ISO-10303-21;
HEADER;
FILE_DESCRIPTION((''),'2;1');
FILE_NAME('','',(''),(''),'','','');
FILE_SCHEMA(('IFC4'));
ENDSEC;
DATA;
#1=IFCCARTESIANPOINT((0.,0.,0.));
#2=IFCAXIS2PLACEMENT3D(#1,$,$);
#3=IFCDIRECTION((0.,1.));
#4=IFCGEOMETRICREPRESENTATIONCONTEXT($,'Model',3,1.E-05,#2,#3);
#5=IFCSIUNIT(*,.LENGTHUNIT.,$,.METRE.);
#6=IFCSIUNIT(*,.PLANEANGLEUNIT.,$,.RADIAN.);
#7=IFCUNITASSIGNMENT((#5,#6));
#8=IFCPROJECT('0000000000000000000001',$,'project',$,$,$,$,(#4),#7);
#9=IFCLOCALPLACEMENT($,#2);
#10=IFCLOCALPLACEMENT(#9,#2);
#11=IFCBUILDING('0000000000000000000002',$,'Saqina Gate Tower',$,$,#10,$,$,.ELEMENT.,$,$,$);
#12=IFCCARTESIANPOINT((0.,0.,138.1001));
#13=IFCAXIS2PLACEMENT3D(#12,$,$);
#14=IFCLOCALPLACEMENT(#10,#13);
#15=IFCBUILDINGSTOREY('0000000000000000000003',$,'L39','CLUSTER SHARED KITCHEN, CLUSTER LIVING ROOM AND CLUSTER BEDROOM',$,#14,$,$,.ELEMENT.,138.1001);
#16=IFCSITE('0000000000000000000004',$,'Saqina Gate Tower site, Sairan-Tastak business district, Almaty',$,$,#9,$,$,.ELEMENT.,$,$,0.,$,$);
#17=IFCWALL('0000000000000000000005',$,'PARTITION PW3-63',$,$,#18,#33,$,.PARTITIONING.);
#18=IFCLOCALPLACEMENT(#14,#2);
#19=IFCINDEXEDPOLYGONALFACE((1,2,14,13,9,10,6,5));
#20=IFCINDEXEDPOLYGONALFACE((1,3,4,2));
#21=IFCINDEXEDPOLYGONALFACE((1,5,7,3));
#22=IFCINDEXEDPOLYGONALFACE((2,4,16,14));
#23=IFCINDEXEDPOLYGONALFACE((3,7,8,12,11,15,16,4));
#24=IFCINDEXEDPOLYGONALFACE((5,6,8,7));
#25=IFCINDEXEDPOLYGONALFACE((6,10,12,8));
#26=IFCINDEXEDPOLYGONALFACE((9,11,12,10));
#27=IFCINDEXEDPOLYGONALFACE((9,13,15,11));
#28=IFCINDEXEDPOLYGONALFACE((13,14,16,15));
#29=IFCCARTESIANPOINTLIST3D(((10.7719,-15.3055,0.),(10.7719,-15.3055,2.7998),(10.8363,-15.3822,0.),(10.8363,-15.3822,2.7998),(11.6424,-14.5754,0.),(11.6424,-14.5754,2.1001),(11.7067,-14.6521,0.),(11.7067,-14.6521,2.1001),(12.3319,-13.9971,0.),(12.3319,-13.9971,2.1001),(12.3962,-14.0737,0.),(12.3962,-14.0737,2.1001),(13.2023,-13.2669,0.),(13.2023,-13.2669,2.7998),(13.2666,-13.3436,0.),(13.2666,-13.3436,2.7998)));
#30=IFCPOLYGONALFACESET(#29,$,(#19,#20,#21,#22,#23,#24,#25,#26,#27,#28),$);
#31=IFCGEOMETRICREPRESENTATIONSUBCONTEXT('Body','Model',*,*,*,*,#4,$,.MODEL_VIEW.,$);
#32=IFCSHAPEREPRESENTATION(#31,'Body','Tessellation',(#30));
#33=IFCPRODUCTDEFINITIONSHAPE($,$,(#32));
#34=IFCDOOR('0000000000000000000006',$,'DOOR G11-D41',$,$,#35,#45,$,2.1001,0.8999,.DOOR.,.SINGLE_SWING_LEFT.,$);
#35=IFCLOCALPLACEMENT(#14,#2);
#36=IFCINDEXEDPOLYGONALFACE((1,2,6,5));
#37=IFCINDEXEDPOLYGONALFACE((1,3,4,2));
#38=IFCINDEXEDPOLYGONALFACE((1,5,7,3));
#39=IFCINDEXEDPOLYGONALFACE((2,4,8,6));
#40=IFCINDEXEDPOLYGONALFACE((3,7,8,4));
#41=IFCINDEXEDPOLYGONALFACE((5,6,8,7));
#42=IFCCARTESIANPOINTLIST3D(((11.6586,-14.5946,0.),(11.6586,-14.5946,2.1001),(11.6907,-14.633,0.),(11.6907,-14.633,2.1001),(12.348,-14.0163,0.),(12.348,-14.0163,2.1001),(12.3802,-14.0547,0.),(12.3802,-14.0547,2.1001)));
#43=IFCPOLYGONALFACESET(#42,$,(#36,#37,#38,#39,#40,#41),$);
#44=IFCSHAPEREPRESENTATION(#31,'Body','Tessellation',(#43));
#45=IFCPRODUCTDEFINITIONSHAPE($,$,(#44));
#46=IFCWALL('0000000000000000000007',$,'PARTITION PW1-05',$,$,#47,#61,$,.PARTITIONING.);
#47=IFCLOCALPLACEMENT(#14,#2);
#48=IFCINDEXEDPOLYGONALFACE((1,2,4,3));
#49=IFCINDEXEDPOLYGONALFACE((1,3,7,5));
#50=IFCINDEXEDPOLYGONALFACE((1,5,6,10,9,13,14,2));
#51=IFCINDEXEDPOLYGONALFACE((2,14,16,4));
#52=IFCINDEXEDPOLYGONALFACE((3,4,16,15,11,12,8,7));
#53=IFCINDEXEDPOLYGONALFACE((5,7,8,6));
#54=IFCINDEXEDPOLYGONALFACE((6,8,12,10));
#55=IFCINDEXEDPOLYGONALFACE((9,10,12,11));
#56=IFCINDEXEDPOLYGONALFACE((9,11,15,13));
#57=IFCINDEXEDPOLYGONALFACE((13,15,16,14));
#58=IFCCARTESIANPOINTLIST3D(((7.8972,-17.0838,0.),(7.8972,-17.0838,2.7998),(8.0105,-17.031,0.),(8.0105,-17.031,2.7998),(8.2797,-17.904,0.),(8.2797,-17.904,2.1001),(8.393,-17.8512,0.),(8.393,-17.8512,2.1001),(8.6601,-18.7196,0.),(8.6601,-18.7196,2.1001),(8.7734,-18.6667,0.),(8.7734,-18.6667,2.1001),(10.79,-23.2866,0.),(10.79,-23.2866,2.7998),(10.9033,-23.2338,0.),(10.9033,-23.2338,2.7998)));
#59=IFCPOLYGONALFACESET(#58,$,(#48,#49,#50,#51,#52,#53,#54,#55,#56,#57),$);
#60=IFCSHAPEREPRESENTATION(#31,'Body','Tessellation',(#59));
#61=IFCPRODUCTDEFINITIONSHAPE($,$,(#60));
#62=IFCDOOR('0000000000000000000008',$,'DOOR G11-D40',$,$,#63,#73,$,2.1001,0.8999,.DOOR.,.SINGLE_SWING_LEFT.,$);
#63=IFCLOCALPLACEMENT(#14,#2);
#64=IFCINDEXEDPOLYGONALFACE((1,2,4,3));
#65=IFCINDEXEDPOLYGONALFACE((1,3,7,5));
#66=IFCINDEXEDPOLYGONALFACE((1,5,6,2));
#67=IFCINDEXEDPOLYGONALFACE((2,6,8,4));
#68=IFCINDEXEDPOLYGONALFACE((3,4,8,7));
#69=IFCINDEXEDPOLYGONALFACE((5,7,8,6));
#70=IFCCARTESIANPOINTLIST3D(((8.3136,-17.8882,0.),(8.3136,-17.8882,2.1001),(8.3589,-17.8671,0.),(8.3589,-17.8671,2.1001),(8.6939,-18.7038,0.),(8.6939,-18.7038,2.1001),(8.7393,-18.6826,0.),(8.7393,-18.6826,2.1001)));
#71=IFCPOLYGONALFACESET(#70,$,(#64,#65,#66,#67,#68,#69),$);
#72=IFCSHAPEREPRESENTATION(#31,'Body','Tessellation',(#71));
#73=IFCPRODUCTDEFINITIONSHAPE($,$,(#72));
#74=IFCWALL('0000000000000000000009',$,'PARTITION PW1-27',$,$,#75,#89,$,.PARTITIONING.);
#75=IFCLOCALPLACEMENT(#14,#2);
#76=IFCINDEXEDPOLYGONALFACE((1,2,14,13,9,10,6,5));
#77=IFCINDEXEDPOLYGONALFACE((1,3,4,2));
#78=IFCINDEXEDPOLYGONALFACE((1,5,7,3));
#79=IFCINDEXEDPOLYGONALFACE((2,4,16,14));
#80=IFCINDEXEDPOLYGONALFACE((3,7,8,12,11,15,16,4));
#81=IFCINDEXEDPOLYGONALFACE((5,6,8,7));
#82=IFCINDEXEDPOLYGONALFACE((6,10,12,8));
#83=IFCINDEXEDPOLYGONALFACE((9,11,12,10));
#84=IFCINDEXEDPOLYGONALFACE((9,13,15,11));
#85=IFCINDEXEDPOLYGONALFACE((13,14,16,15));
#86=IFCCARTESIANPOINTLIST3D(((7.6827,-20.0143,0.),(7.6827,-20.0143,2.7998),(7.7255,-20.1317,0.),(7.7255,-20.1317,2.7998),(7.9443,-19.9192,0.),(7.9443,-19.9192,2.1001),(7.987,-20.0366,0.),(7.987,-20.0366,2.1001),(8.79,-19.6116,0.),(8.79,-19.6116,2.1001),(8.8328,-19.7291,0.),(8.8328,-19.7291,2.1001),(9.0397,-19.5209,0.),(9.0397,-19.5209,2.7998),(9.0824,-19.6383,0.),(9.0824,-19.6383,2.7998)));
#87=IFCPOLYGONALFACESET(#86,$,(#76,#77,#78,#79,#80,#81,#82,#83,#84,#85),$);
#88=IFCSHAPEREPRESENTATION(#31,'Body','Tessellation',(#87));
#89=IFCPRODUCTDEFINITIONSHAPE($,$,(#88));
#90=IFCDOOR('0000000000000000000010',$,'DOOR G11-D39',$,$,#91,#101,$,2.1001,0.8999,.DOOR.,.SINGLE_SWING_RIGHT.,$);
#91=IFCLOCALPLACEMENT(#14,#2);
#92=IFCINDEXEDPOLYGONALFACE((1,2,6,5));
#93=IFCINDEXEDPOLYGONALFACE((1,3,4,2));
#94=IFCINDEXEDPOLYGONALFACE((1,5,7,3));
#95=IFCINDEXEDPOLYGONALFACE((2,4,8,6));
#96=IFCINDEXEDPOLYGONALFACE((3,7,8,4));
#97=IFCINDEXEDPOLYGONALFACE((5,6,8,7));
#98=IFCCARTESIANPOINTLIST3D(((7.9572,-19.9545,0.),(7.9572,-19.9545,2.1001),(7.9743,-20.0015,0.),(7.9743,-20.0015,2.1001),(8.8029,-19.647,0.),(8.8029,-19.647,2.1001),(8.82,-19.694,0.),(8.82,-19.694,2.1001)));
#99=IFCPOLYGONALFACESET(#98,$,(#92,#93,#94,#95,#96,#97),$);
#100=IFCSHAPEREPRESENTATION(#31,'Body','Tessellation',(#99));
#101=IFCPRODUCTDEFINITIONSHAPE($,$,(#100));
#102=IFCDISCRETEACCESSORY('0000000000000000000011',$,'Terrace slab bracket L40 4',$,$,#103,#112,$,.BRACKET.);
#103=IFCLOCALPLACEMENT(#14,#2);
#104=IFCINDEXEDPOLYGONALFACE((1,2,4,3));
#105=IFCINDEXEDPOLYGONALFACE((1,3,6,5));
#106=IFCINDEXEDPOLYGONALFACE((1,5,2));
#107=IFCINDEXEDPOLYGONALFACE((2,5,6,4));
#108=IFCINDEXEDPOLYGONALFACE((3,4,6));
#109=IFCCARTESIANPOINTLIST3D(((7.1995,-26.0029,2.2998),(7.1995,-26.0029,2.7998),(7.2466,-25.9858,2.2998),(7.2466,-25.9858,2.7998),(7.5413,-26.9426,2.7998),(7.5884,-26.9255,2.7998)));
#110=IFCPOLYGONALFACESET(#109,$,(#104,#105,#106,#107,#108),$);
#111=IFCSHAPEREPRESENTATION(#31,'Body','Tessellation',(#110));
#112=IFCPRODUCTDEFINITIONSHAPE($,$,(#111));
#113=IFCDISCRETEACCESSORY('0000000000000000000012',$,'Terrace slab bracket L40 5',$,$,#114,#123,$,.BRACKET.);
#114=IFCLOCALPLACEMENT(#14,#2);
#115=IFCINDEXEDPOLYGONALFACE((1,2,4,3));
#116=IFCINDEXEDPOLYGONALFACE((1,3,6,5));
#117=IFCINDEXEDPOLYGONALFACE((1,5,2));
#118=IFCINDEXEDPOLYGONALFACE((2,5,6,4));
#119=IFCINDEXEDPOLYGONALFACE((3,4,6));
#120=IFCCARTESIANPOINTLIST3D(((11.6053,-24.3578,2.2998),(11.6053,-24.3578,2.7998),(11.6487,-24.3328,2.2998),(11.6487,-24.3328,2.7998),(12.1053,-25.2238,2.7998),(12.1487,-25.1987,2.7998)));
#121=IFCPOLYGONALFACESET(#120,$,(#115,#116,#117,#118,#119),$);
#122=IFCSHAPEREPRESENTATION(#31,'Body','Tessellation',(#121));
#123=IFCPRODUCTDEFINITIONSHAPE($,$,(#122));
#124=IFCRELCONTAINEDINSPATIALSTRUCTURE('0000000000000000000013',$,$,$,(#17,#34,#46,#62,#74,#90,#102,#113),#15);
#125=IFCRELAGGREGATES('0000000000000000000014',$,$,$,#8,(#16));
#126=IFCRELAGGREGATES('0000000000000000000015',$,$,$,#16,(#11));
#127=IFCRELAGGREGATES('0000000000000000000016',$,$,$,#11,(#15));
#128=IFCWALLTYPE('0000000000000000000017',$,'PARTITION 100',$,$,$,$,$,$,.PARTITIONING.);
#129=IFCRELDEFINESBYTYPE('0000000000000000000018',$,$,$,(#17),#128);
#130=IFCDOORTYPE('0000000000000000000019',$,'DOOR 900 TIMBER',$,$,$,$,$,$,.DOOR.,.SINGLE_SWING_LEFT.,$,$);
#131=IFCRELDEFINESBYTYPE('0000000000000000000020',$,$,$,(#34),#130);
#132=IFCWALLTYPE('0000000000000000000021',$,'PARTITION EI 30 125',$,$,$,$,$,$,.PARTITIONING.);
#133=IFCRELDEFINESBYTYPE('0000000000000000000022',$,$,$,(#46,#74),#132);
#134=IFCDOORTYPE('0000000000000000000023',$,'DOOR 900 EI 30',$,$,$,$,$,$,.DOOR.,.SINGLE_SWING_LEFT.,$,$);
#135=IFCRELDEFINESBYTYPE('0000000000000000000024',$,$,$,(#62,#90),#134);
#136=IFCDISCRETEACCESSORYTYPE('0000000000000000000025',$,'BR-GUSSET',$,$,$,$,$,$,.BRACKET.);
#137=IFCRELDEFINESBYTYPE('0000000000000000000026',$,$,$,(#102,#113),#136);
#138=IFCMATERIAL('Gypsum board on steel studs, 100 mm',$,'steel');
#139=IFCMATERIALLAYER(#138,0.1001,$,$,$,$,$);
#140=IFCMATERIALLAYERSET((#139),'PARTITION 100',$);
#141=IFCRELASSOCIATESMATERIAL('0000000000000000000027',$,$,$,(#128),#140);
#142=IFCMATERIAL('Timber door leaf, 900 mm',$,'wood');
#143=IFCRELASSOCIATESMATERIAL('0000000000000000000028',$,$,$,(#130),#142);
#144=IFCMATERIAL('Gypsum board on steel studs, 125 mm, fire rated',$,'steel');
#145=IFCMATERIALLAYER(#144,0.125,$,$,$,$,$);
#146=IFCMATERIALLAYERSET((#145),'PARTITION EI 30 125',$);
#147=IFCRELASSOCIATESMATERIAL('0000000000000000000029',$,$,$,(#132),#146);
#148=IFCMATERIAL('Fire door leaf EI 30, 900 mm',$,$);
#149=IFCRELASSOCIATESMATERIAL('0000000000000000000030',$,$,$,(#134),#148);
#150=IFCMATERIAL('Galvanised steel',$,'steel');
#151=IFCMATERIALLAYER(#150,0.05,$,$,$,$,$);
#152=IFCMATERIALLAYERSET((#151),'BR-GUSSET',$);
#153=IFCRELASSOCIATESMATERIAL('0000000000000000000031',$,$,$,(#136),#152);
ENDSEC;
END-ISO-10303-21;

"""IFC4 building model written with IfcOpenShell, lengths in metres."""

from ifc_helpers import new_model, si_unit, direction, frame, frame_2d, origin, place, context, subcontext, project, spatial, polyline, rectangle, outline, extrude, material, layer, layer_set, type_object, element, fill, save


model = new_model("IFC4")

# Units and contexts
model_context = context("Model", 3, precision=1e-05, world=origin(), true_north=direction((0.0, 1.0)))
body_context = subcontext(model_context, "Body", "Model", "MODEL_VIEW")
ifc_project = project(units=[si_unit("LENGTHUNIT", "METRE"), si_unit("PLANEANGLEUNIT", "RADIAN")], contexts=[model_context])

# Site, building, storey
site_placement = place(None, origin())
site = spatial("IfcSite", under=ifc_project, at=site_placement, Name="Saqina Gate Tower site, Sairan-Tastak business district, Almaty", CompositionType="ELEMENT", RefElevation=0.0)
building_placement = place(site_placement, origin())
building = spatial("IfcBuilding", under=site, at=building_placement, Name="Saqina Gate Tower", CompositionType="ELEMENT")
storey_placement = place(building_placement, frame((0.0, 0.0, 138.1001)))
storey = spatial("IfcBuildingStorey", under=building, at=storey_placement, Name="L39", Description="CLUSTER SHARED KITCHEN, CLUSTER LIVING ROOM AND CLUSTER BEDROOM", CompositionType="ELEMENT", Elevation=138.1001)

# Shared definitions
ifc_material_1 = material(Name="Gypsum board on steel studs, 100 mm", Category="steel")
ifc_layer_1 = layer(ifc_material_1, 0.1001)
ifc_layer_set_1 = layer_set([ifc_layer_1], Name="PARTITION 100")
wall_type_1 = type_object("IfcWallType", Name="PARTITION 100", PredefinedType="PARTITIONING", material=ifc_layer_set_1)

# Shared definitions
ifc_material_2 = material(Name="Timber door leaf, 900 mm", Category="wood")
door_type_1 = type_object("IfcDoorType", Name="DOOR 900 TIMBER", OperationType="SINGLE_SWING_LEFT", PredefinedType="DOOR", material=ifc_material_2)

# Walls, openings, doors
wall_1_placement = place(storey_placement, frame((10.8042, -15.3438, 0.0), z_axis=(0.0, 0.0, 1.0), x_axis=(0.766167, 0.642641, 0.0)))
wall_1 = element("IfcWall", 1, at=wall_1_placement, inside=storey, type_object=wall_type_1, Name="PARTITION PW3-63", PredefinedType="PARTITIONING", context=body_context, shape_type="SweptSolid", body=[
    extrude(rectangle(XDim=3.1721, YDim=0.1001, at=frame_2d((1.5859, 0.0))), origin(), (0.0, 0.0, 1.0), 2.7998),
])
opening_1_placement = place(wall_1_placement, frame((1.136, 0.0, 0.0)))
opening_1 = element("IfcOpeningElement", 2, at=opening_1_placement, cuts=wall_1, PredefinedType="OPENING", context=body_context, shape_type="SweptSolid", body=[
    extrude(rectangle(XDim=0.8999, YDim=2.1001, at=frame_2d((0.45, 1.05))), frame((0.0, 0.062, 0.0), z_axis=(0.0, -1.0, 0.0), x_axis=(1.0, 0.0, 0.0)), (0.0, 0.0, 1.0), 0.124),
])
door_1_placement = place(opening_1_placement, origin())
door_1 = element("IfcDoor", 3, at=door_1_placement, inside=storey, type_object=door_type_1, Name="DOOR G11-D41", OperationType="SINGLE_SWING_LEFT", OverallHeight=2.1001, OverallWidth=0.8999, PredefinedType="DOOR", context=body_context, shape_type="SweptSolid", body=[
    extrude(rectangle(XDim=0.8999, YDim=2.1001, at=frame_2d((0.45, 1.05))), frame((0.0, 0.0249, 0.0), z_axis=(0.0, -1.0, 0.0), x_axis=(1.0, 0.0, 0.0)), (0.0, 0.0, 1.0), 0.05),
])
fill(opening_1, door_1)
ifc_material_3 = material(Name="Gypsum board on steel studs, 125 mm, fire rated", Category="steel")
ifc_layer_2 = layer(ifc_material_3, 0.125)
ifc_layer_set_2 = layer_set([ifc_layer_2], Name="PARTITION EI 30 125")
wall_type_2 = type_object("IfcWallType", Name="PARTITION EI 30 125", PredefinedType="PARTITIONING", material=ifc_layer_set_2)
wall_2_placement = place(storey_placement, frame((7.9539, -17.0574, 0.0), z_axis=(0.0, 0.0, 1.0), x_axis=(0.422663, -0.906287, 0.0)))
wall_2 = element("IfcWall", 4, at=wall_2_placement, inside=storey, type_object=wall_type_2, Name="PARTITION PW1-05", PredefinedType="PARTITIONING", context=body_context, shape_type="SweptSolid", body=[
    extrude(rectangle(XDim=6.8442, YDim=0.125, at=frame_2d((3.4221, 0.0))), origin(), (0.0, 0.0, 1.0), 2.7998),
])
opening_2_placement = place(wall_2_placement, frame((0.905, 0.0, 0.0)))
opening_2 = element("IfcOpeningElement", 5, at=opening_2_placement, cuts=wall_2, PredefinedType="OPENING", context=body_context, shape_type="SweptSolid", body=[
    extrude(rectangle(XDim=0.8999, YDim=2.1001, at=frame_2d((0.45, 1.05))), frame((0.0, 0.0745, 0.0), z_axis=(0.0, -1.0, 0.0), x_axis=(1.0, 0.0, 0.0)), (0.0, 0.0, 1.0), 0.1489),
])
ifc_material_4 = material(Name="Fire door leaf EI 30, 900 mm")
door_type_2 = type_object("IfcDoorType", Name="DOOR 900 EI 30", OperationType="SINGLE_SWING_LEFT", PredefinedType="DOOR", material=ifc_material_4)
door_2_placement = place(opening_2_placement, origin())
door_2 = element("IfcDoor", 6, at=door_2_placement, inside=storey, type_object=door_type_2, Name="DOOR G11-D40", OperationType="SINGLE_SWING_LEFT", OverallHeight=2.1001, OverallWidth=0.8999, PredefinedType="DOOR", context=body_context, shape_type="SweptSolid", body=[
    extrude(rectangle(XDim=0.8999, YDim=2.1001, at=frame_2d((0.45, 1.05))), frame((0.0, 0.0249, 0.0), z_axis=(0.0, -1.0, 0.0), x_axis=(1.0, 0.0, 0.0)), (0.0, 0.0, 1.0), 0.05),
])
fill(opening_2, door_2)
wall_3_placement = place(storey_placement, frame((7.7041, -20.073, 0.0), z_axis=(0.0, 0.0, 1.0), x_axis=(0.939798, 0.341729, 0.0)))
wall_3 = element("IfcWall", 7, at=wall_3_placement, inside=storey, type_object=wall_type_2, Name="PARTITION PW1-27", PredefinedType="PARTITIONING", context=body_context, shape_type="SweptSolid", body=[
    extrude(rectangle(XDim=1.4438, YDim=0.125, at=frame_2d((0.7219, 0.0))), origin(), (0.0, 0.0, 1.0), 2.7998),
])
opening_3_placement = place(wall_3_placement, frame((0.2783, 0.0, 0.0)))
opening_3 = element("IfcOpeningElement", 8, at=opening_3_placement, cuts=wall_3, PredefinedType="OPENING", context=body_context, shape_type="SweptSolid", body=[
    extrude(rectangle(XDim=0.8999, YDim=2.1001, at=frame_2d((0.45, 1.05))), frame((0.0, 0.0745, 0.0), z_axis=(0.0, -1.0, 0.0), x_axis=(1.0, 0.0, 0.0)), (0.0, 0.0, 1.0), 0.1489),
])
door_3_placement = place(opening_3_placement, origin())
door_3 = element("IfcDoor", 9, at=door_3_placement, inside=storey, type_object=door_type_2, Name="DOOR G11-D39", OperationType="SINGLE_SWING_RIGHT", OverallHeight=2.1001, OverallWidth=0.8999, PredefinedType="DOOR", context=body_context, shape_type="SweptSolid", body=[
    extrude(rectangle(XDim=0.8999, YDim=2.1001, at=frame_2d((0.45, 1.05))), frame((0.0, 0.0249, 0.0), z_axis=(0.0, -1.0, 0.0), x_axis=(1.0, 0.0, 0.0)), (0.0, 0.0, 1.0), 0.05),
])
fill(opening_3, door_3)

# Discrete accessories
ifc_material_5 = material(Name="Galvanised steel", Category="steel")
ifc_layer_3 = layer(ifc_material_5, 0.05)
ifc_layer_set_3 = layer_set([ifc_layer_3], Name="BR-GUSSET")
discrete_accessory_type = type_object("IfcDiscreteAccessoryType", Name="BR-GUSSET", PredefinedType="BRACKET", material=ifc_layer_set_3)
discrete_accessory_1_placement = place(storey_placement, frame((7.2466, -25.9858, 2.2998), z_axis=(0.939765, 0.341821, 0.0), x_axis=(0.0, 0.0, 1.0)))
element("IfcDiscreteAccessory", 10, at=discrete_accessory_1_placement, inside=storey, type_object=discrete_accessory_type, Name="Terrace slab bracket L40 4", PredefinedType="BRACKET", context=body_context, shape_type="SweptSolid", body=[
    extrude(outline(polyline([(0.0, 0.0), (0.5, 0.0), (0.5, 0.9999), (0.0, 0.0)])), origin(), (0.0, 0.0, -1.0), 0.05),
])
discrete_accessory_2_placement = place(storey_placement, frame((11.6487, -24.3328, 2.2998), z_axis=(0.866011, 0.500025, 0.0), x_axis=(0.0, 0.0, 1.0)))
element("IfcDiscreteAccessory", 11, at=discrete_accessory_2_placement, inside=storey, type_object=discrete_accessory_type, Name="Terrace slab bracket L40 5", PredefinedType="BRACKET", context=body_context, shape_type="SweptSolid", body=[
    extrude(outline(polyline([(0.0, 0.0), (0.5, 0.0), (0.5, 0.9999), (0.0, 0.0)])), origin(), (0.0, 0.0, -1.0), 0.05),
])

save(model, "model.ifc")
